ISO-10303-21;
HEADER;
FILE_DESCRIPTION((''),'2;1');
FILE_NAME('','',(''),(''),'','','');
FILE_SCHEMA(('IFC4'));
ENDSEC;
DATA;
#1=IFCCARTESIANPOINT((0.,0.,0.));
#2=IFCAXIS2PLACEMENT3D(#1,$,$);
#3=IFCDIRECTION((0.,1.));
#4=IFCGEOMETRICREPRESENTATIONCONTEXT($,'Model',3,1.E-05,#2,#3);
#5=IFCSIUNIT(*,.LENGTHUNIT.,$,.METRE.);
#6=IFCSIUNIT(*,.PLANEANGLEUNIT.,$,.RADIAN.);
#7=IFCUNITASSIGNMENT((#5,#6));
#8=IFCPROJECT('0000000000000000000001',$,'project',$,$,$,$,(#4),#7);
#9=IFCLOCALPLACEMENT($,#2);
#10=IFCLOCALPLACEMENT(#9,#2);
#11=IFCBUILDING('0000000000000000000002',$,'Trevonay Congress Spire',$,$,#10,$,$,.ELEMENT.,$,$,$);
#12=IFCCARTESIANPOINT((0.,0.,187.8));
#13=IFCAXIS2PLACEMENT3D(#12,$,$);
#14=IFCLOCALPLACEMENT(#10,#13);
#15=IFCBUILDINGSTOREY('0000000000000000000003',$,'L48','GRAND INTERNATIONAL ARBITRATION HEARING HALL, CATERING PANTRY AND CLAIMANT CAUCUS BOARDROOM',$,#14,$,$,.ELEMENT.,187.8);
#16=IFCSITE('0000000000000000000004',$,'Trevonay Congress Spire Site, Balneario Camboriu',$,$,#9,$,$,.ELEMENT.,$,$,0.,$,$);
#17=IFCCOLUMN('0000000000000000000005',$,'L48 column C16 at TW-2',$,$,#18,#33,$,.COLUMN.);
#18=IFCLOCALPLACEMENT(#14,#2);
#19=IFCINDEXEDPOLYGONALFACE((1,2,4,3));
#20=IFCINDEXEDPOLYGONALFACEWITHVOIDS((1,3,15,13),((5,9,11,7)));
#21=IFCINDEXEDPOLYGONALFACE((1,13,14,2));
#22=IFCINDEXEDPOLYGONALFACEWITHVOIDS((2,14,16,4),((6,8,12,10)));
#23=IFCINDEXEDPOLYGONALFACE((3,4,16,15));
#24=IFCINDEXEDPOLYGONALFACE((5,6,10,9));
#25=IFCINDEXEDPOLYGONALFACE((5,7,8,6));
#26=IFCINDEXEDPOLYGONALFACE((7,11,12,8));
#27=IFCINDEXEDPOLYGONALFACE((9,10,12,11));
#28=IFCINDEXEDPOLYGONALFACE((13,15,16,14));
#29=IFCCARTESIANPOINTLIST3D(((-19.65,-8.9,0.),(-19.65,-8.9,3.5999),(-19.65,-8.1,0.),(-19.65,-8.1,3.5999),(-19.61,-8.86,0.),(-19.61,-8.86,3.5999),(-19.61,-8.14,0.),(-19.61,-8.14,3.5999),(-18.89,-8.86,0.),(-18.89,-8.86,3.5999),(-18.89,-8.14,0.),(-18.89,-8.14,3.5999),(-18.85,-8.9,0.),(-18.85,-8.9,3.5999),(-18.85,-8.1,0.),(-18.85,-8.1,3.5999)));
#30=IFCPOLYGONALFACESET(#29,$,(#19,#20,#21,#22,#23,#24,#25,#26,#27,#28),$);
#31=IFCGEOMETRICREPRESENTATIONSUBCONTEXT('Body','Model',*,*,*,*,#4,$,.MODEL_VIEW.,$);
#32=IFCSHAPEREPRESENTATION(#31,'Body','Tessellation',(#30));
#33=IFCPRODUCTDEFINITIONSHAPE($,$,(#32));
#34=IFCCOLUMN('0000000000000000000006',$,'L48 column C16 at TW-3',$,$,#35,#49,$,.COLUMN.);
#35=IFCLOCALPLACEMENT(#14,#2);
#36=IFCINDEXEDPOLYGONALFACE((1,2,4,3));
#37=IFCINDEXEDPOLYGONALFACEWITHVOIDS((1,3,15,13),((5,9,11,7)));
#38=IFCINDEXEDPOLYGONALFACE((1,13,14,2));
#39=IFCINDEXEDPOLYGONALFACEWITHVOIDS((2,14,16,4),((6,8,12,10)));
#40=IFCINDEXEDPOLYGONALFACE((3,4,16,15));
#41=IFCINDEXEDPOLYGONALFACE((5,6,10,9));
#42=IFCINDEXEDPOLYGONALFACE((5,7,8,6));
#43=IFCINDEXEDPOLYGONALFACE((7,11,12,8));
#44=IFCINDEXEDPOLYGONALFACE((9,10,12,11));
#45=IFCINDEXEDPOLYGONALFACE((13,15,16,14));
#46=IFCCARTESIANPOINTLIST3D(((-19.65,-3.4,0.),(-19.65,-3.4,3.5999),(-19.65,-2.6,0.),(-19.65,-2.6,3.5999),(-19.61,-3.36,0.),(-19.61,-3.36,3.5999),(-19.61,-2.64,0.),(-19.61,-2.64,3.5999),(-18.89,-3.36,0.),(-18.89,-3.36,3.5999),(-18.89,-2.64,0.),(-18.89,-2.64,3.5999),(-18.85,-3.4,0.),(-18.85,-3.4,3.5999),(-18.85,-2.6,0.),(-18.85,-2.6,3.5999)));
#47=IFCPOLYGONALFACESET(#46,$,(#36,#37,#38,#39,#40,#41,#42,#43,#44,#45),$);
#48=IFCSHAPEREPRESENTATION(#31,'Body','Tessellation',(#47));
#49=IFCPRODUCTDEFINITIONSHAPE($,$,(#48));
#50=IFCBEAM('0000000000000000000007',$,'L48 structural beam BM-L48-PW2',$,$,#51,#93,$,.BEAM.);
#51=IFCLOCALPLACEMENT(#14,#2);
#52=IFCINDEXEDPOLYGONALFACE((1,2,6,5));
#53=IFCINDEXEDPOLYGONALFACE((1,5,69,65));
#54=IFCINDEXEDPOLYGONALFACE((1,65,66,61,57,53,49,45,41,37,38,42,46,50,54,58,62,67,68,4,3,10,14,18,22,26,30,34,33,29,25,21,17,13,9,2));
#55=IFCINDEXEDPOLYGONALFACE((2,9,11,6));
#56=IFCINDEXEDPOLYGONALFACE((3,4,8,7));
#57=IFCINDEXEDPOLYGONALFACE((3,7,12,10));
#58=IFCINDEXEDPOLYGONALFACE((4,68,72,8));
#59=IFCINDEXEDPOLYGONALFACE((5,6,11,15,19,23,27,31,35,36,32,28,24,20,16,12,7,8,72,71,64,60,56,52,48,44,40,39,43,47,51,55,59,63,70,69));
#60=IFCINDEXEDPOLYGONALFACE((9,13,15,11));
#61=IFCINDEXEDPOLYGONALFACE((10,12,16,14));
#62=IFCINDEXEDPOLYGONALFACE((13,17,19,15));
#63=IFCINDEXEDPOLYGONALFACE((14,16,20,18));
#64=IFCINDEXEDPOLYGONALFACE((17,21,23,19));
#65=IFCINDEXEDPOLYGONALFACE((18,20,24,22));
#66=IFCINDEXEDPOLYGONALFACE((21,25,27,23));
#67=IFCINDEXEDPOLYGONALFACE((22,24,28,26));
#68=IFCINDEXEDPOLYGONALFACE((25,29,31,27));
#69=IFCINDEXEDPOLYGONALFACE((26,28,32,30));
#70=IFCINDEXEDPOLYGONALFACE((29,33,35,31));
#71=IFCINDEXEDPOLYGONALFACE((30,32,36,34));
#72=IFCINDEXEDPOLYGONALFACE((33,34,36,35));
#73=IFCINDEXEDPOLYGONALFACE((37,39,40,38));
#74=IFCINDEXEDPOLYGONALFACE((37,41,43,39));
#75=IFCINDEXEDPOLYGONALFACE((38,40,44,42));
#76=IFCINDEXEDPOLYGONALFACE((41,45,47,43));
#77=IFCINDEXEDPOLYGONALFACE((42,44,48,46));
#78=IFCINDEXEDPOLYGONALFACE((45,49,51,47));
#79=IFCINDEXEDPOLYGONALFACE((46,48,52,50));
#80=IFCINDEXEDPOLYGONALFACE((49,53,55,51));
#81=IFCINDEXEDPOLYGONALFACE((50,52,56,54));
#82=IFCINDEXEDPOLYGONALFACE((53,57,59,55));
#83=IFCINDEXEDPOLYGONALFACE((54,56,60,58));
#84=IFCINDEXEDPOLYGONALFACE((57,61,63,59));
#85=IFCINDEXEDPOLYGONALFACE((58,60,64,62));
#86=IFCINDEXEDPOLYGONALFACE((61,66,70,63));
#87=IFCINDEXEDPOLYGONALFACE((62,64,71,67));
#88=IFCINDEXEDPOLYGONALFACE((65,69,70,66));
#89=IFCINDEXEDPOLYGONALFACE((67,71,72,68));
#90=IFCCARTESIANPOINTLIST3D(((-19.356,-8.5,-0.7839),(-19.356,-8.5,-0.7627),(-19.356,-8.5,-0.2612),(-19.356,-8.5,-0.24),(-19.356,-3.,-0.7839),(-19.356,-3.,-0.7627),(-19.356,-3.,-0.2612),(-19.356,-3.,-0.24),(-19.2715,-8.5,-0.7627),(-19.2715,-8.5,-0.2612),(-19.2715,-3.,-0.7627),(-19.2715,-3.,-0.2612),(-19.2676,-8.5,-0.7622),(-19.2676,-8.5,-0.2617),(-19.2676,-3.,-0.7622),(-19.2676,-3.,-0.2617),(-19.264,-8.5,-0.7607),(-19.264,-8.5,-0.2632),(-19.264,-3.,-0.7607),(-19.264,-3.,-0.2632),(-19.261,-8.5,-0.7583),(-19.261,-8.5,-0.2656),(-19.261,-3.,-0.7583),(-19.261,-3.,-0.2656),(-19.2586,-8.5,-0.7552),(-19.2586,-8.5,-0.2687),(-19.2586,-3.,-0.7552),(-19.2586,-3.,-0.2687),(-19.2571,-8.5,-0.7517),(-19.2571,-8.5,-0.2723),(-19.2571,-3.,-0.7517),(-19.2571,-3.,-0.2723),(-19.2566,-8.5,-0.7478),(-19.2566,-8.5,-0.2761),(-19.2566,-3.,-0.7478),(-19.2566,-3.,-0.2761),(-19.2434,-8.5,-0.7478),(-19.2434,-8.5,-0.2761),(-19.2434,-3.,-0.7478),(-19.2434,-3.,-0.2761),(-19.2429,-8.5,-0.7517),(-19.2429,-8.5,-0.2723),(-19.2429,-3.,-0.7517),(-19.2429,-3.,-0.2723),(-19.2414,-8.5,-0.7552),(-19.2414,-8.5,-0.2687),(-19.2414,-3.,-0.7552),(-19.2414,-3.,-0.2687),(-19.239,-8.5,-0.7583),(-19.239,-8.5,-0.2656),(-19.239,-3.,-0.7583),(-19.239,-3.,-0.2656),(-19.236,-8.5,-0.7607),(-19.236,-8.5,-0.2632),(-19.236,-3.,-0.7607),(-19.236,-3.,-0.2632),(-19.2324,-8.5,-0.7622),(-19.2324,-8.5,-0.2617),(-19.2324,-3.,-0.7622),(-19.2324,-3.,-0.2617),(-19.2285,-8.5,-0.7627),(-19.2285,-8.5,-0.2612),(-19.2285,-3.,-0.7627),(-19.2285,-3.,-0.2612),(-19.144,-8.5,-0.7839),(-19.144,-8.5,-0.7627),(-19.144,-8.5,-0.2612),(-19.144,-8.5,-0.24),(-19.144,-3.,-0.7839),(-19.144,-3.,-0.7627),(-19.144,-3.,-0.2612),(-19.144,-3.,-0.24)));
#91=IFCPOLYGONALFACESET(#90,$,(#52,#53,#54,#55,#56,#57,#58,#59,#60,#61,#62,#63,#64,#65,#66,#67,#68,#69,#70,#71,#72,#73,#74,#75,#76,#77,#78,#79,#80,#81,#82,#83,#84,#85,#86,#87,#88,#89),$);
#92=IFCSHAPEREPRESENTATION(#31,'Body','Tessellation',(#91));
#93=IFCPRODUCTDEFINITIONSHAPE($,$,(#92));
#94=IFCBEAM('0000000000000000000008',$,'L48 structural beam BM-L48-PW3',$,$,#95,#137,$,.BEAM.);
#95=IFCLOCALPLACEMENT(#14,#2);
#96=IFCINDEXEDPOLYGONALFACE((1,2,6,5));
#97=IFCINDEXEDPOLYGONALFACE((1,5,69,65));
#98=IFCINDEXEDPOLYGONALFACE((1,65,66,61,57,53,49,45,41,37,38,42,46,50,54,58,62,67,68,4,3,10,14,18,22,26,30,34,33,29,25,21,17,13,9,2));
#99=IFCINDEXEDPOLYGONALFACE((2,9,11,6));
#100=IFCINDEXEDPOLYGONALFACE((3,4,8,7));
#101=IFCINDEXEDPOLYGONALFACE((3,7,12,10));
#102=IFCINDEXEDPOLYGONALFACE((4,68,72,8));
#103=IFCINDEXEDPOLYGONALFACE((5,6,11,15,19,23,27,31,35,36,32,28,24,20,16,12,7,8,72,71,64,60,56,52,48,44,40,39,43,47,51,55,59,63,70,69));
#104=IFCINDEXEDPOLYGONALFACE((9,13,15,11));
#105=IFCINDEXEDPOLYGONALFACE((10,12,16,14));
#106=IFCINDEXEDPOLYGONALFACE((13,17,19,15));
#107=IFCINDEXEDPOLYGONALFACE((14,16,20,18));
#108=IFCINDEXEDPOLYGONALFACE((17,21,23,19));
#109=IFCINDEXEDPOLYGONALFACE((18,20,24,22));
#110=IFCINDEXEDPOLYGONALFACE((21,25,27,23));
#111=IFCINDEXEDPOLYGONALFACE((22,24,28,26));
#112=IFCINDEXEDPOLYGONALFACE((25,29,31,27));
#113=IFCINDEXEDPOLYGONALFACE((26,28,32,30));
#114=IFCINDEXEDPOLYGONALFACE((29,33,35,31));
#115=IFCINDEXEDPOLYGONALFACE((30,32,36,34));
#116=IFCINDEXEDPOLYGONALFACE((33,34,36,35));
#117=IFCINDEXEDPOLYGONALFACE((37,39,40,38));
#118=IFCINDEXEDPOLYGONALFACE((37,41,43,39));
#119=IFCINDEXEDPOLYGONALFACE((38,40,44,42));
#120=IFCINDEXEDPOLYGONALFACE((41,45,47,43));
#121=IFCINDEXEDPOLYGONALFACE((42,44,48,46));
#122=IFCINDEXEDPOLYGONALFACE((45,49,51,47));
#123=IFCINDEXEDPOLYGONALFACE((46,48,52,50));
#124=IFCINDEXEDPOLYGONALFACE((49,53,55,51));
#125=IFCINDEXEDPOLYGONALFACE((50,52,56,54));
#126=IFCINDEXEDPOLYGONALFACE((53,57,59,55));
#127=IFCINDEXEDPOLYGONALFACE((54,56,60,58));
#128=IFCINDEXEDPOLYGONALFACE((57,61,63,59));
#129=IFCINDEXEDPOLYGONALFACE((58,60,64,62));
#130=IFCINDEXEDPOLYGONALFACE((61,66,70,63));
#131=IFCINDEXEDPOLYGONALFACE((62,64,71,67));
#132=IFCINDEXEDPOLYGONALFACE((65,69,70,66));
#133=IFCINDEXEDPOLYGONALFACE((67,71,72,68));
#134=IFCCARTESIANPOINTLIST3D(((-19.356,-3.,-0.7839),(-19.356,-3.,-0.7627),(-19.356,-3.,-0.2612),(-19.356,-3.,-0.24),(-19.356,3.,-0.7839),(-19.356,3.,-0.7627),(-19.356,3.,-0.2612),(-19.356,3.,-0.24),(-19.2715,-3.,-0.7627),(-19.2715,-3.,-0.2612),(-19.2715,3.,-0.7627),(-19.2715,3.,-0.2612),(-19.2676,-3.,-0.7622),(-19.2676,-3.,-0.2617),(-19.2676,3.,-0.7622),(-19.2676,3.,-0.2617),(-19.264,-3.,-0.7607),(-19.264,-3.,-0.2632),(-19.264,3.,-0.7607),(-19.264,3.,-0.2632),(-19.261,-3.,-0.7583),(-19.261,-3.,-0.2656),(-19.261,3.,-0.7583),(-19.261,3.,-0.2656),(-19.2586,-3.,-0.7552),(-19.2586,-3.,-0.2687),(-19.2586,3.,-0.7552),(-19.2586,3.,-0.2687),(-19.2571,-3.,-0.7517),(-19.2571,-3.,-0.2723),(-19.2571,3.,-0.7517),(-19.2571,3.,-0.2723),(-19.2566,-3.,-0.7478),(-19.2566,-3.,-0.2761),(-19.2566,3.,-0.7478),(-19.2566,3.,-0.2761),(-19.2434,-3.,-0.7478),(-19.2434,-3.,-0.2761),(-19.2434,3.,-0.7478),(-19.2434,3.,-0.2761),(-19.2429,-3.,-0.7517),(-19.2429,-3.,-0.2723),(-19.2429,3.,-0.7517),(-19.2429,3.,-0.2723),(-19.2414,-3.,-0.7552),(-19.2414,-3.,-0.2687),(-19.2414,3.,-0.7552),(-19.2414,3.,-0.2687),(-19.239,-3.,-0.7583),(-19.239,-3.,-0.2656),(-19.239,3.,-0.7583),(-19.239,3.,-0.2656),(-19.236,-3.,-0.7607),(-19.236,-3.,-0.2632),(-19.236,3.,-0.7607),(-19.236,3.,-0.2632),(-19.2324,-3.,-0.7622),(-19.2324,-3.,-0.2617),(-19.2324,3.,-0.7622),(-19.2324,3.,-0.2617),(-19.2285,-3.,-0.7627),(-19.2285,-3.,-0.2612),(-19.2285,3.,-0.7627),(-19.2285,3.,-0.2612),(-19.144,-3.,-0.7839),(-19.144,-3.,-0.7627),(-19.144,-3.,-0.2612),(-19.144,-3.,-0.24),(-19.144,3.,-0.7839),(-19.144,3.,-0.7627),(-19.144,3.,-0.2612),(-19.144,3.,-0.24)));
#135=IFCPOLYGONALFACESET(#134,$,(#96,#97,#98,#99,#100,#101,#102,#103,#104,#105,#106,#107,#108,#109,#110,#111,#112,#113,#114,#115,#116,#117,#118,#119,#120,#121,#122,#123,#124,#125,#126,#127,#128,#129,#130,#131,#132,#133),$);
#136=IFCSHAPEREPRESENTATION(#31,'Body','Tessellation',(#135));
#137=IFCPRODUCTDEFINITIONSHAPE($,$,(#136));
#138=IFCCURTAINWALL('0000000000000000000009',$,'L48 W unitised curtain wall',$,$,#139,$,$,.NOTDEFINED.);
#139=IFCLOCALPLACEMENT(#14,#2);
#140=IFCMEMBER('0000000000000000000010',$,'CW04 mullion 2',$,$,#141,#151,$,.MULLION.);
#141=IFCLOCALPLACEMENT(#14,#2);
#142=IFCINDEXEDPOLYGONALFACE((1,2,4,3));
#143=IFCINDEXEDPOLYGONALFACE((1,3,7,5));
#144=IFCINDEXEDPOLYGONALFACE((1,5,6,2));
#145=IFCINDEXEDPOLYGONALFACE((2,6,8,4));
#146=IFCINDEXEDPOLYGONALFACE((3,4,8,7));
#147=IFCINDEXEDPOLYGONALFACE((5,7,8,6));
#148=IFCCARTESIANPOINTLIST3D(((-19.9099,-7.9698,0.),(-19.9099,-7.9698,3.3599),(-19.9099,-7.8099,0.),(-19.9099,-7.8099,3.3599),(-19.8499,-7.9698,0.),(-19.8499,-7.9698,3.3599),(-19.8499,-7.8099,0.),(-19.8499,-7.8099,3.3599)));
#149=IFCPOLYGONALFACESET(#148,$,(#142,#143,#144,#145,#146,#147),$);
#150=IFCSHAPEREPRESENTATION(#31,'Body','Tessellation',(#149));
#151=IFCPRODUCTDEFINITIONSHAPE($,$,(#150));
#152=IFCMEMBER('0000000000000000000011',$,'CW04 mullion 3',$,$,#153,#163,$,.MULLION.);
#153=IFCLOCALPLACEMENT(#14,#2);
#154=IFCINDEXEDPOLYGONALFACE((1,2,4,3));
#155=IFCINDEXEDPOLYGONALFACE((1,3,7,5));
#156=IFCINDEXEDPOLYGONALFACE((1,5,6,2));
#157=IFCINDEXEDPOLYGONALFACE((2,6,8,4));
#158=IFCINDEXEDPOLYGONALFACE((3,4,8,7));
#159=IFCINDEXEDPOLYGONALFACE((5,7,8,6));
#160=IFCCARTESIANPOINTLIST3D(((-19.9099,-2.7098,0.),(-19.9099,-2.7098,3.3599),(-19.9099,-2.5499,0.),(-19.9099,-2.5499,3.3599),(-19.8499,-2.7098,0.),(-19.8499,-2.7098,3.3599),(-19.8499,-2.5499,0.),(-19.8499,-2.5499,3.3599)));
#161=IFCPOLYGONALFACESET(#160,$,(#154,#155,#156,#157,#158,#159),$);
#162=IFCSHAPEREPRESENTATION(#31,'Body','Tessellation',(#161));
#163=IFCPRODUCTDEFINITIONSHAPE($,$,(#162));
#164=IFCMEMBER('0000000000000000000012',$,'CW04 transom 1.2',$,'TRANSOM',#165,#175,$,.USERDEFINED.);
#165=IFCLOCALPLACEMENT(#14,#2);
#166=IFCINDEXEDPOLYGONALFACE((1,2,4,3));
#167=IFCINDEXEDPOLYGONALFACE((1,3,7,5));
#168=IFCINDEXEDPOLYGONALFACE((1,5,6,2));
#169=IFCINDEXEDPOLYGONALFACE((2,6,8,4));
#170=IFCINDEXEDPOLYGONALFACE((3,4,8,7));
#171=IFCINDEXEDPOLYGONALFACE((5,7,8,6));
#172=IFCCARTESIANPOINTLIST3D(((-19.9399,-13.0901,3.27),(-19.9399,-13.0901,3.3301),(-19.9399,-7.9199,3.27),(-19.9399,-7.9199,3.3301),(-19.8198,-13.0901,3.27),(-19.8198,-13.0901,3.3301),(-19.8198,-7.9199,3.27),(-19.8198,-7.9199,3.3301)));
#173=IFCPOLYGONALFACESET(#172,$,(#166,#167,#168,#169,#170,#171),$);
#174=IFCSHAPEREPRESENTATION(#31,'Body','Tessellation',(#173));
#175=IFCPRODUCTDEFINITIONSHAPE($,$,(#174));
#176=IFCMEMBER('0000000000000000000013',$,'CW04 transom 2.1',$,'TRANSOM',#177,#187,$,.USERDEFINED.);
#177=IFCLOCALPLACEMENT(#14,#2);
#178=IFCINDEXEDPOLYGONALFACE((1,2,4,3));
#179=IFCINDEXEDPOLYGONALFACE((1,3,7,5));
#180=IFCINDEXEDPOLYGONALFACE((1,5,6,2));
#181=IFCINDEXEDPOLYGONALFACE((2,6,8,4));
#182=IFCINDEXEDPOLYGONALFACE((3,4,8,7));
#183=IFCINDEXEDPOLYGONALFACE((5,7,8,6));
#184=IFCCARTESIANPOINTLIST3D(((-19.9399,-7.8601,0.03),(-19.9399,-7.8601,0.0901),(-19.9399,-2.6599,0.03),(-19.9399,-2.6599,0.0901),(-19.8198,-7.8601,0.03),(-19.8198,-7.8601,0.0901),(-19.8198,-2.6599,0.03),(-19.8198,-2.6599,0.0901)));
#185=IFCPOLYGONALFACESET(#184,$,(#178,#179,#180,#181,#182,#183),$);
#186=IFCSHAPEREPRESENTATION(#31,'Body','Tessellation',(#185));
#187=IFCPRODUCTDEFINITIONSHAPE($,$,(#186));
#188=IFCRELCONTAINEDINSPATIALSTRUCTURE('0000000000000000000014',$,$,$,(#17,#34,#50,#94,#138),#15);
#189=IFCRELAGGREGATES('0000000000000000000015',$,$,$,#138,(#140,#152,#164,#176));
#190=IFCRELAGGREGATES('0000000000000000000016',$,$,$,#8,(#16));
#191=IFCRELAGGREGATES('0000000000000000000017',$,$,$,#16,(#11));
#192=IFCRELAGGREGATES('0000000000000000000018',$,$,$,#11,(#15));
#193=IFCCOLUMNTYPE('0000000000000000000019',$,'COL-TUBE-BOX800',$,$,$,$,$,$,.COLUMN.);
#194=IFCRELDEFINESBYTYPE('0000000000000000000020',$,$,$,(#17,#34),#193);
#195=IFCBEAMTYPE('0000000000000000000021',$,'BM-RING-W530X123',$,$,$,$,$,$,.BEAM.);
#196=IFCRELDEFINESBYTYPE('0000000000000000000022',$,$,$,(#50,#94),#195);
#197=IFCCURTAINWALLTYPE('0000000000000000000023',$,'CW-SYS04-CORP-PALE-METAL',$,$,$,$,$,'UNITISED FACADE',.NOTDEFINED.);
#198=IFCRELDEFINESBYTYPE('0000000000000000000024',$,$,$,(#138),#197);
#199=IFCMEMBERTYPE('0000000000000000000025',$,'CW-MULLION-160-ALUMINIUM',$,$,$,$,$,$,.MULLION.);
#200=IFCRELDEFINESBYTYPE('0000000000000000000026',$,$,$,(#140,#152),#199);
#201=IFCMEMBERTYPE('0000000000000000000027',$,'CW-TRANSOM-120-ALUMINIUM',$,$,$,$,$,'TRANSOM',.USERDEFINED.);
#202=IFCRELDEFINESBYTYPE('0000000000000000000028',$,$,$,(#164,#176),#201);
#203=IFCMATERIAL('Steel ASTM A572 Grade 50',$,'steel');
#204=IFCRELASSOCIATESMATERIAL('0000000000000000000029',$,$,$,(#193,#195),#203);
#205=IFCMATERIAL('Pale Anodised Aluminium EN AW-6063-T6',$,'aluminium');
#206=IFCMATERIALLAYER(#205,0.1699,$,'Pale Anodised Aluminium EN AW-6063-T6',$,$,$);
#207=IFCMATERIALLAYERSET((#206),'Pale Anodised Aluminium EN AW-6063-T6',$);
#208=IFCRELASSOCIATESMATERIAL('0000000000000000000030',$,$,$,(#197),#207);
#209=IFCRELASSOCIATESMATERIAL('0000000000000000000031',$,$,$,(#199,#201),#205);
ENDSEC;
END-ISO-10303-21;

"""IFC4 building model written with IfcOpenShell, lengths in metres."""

from ifc_helpers import new_model, si_unit, direction, frame, origin, origin_2d, place, context, subcontext, project, spatial, rectangle, hollow_rectangle, i_section, extrude, material, layer, layer_set, material_profile, profile_set, type_object, element, aggregate, save


model = new_model("IFC4")

# Units and contexts
model_context = context("Model", 3, precision=1e-05, world=origin(), true_north=direction((0.0, 1.0)))
body_context = subcontext(model_context, "Body", "Model", "MODEL_VIEW")
ifc_project = project(units=[si_unit("LENGTHUNIT", "METRE"), si_unit("PLANEANGLEUNIT", "RADIAN")], contexts=[model_context])

# Site, building, storey
site_placement = place(None, origin())
site = spatial("IfcSite", under=ifc_project, at=site_placement, Name="Trevonay Congress Spire Site, Balneario Camboriu", CompositionType="ELEMENT", RefElevation=0.0)
building_placement = place(site_placement, origin())
building = spatial("IfcBuilding", under=site, at=building_placement, Name="Trevonay Congress Spire", CompositionType="ELEMENT")
storey_placement = place(building_placement, frame((0.0, 0.0, 187.8)))
storey = spatial("IfcBuildingStorey", under=building, at=storey_placement, Name="L48", Description="GRAND INTERNATIONAL ARBITRATION HEARING HALL, CATERING PANTRY AND CLAIMANT CAUCUS BOARDROOM", CompositionType="ELEMENT", Elevation=187.8)

# Columns
ifc_material_1 = material(Name="Steel ASTM A572 Grade 50", Category="steel")
ifc_material_profile_1 = material_profile(ifc_material_1, hollow_rectangle(XDim=0.8, YDim=0.8, WallThickness=0.04, at=origin_2d()), Name="BOX 800x800x40")
ifc_profile_set_1 = profile_set([ifc_material_profile_1], Name="Steel ASTM A572 Grade 50")
column_type = type_object("IfcColumnType", Name="COL-TUBE-BOX800", PredefinedType="COLUMN", material=ifc_profile_set_1)
for number, where, z_axis, x_axis, name in (
    (1, (-19.25, -8.5, 0.0), (0.0, 0.0, 1.0), (1.0, 0.0, 0.0), "L48 column C16 at TW-2"),
    (2, (-19.25, -3.0, 0.0), (0.0, 0.0, 1.0), (1.0, 0.0, 0.0), "L48 column C16 at TW-3"),
):
    element("IfcColumn", number, at=place(storey_placement, frame(where, z_axis=z_axis, x_axis=x_axis)), inside=storey, type_object=column_type, Name=name, PredefinedType="COLUMN", context=body_context, shape_type="SweptSolid", body=[
        extrude(hollow_rectangle(XDim=0.8, YDim=0.8, WallThickness=0.04, at=origin_2d()), origin(), (0.0, 0.0, 1.0), 3.5999),
    ])

# Beams
ifc_material_profile_2 = material_profile(ifc_material_1, i_section(OverallWidth=0.2119, OverallDepth=0.5439, WebThickness=0.0132, FlangeThickness=0.0212, FilletRadius=0.0149, at=origin_2d()), Name="W530x123")
ifc_profile_set_2 = profile_set([ifc_material_profile_2], Name="Steel ASTM A572 Grade 50")
beam_type_1 = type_object("IfcBeamType", Name="BM-RING-W530X123", PredefinedType="BEAM", material=ifc_profile_set_2)
beam_1_placement = place(storey_placement, frame((-19.25, -8.5, -0.512), z_axis=(0.0, 1.0, 0.0), x_axis=(-1.0, 0.0, 0.0)))
element("IfcBeam", 3, at=beam_1_placement, inside=storey, type_object=beam_type_1, Name="L48 structural beam BM-L48-PW2", PredefinedType="BEAM", context=body_context, shape_type="SweptSolid", body=[
    extrude(i_section(OverallWidth=0.2119, OverallDepth=0.5439, WebThickness=0.0132, FlangeThickness=0.0212, FilletRadius=0.0149, at=origin_2d()), origin(), (0.0, 0.0, 1.0), 5.5),
])
beam_2_placement = place(storey_placement, frame((-19.25, -3.0, -0.512), z_axis=(0.0, 1.0, 0.0), x_axis=(-1.0, 0.0, 0.0)))
element("IfcBeam", 4, at=beam_2_placement, inside=storey, type_object=beam_type_1, Name="L48 structural beam BM-L48-PW3", PredefinedType="BEAM", context=body_context, shape_type="SweptSolid", body=[
    extrude(i_section(OverallWidth=0.2119, OverallDepth=0.5439, WebThickness=0.0132, FlangeThickness=0.0212, FilletRadius=0.0149, at=origin_2d()), origin(), (0.0, 0.0, 1.0), 6.0),
])

# Curtain wall, members
ifc_material_2 = material(Name="Pale Anodised Aluminium EN AW-6063-T6", Category="aluminium")
ifc_layer_1 = layer(ifc_material_2, 0.1699, Name="Pale Anodised Aluminium EN AW-6063-T6")
ifc_layer_set_1 = layer_set([ifc_layer_1], Name="Pale Anodised Aluminium EN AW-6063-T6")
curtain_wall_type = type_object("IfcCurtainWallType", Name="CW-SYS04-CORP-PALE-METAL", ElementType="UNITISED FACADE", PredefinedType="NOTDEFINED", material=ifc_layer_set_1)
curtain_wall_placement = place(storey_placement, origin())
curtain_wall = element("IfcCurtainWall", 5, at=curtain_wall_placement, inside=storey, type_object=curtain_wall_type, Name="L48 W unitised curtain wall", PredefinedType="NOTDEFINED")
ifc_material_profile_3 = material_profile(ifc_material_2, rectangle(XDim=0.0601, YDim=0.1599, at=origin_2d()), Name="CW-MULLION-160-ALUMINIUM")
ifc_profile_set_3 = profile_set([ifc_material_profile_3], Name="Pale Anodised Aluminium EN AW-6063-T6")
member_type_1 = type_object("IfcMemberType", Name="CW-MULLION-160-ALUMINIUM", PredefinedType="MULLION", material=ifc_profile_set_3)
member_1_placement = place(storey_placement, frame((-19.8799, -7.8899, 0.0), z_axis=(0.0, 0.0, 1.0), x_axis=(-1.0, 0.0, 0.0)))
member_1 = element("IfcMember", 6, at=member_1_placement, type_object=member_type_1, Name="CW04 mullion 2", PredefinedType="MULLION", context=body_context, shape_type="SweptSolid", body=[
    extrude(rectangle(XDim=0.0601, YDim=0.1599, at=origin_2d()), origin(), (0.0, 0.0, 1.0), 3.3599),
])
member_2_placement = place(storey_placement, frame((-19.8799, -2.6299, 0.0), z_axis=(0.0, 0.0, 1.0), x_axis=(-1.0, 0.0, 0.0)))
member_2 = element("IfcMember", 7, at=member_2_placement, type_object=member_type_1, Name="CW04 mullion 3", PredefinedType="MULLION", context=body_context, shape_type="SweptSolid", body=[
    extrude(rectangle(XDim=0.0601, YDim=0.1599, at=origin_2d()), origin(), (0.0, 0.0, 1.0), 3.3599),
])
ifc_material_profile_4 = material_profile(ifc_material_2, rectangle(XDim=0.1201, YDim=0.0601, at=origin_2d()), Name="CW-TRANSOM-120-ALUMINIUM")
ifc_profile_set_4 = profile_set([ifc_material_profile_4], Name="Pale Anodised Aluminium EN AW-6063-T6")
member_type_2 = type_object("IfcMemberType", Name="CW-TRANSOM-120-ALUMINIUM", ElementType="TRANSOM", PredefinedType="USERDEFINED", material=ifc_profile_set_4)
member_3_placement = place(storey_placement, frame((-19.8799, -13.0901, 3.3), z_axis=(0.0, 1.0, 0.0), x_axis=(-1.0, 0.0, 0.0)))
member_3 = element("IfcMember", 8, at=member_3_placement, type_object=member_type_2, Name="CW04 transom 1.2", ObjectType="TRANSOM", PredefinedType="USERDEFINED", context=body_context, shape_type="SweptSolid", body=[
    extrude(rectangle(XDim=0.1201, YDim=0.0601, at=origin_2d()), origin(), (0.0, 0.0, 1.0), 5.1702),
])
member_4_placement = place(storey_placement, frame((-19.8799, -7.8601, 0.0601), z_axis=(0.0, 1.0, 0.0), x_axis=(-1.0, 0.0, 0.0)))
member_4 = element("IfcMember", 9, at=member_4_placement, type_object=member_type_2, Name="CW04 transom 2.1", ObjectType="TRANSOM", PredefinedType="USERDEFINED", context=body_context, shape_type="SweptSolid", body=[
    extrude(rectangle(XDim=0.1201, YDim=0.0601, at=origin_2d()), origin(), (0.0, 0.0, 1.0), 5.2002),
])

aggregate(curtain_wall, [member_1, member_2, member_3, member_4])

save(model, "model.ifc")
